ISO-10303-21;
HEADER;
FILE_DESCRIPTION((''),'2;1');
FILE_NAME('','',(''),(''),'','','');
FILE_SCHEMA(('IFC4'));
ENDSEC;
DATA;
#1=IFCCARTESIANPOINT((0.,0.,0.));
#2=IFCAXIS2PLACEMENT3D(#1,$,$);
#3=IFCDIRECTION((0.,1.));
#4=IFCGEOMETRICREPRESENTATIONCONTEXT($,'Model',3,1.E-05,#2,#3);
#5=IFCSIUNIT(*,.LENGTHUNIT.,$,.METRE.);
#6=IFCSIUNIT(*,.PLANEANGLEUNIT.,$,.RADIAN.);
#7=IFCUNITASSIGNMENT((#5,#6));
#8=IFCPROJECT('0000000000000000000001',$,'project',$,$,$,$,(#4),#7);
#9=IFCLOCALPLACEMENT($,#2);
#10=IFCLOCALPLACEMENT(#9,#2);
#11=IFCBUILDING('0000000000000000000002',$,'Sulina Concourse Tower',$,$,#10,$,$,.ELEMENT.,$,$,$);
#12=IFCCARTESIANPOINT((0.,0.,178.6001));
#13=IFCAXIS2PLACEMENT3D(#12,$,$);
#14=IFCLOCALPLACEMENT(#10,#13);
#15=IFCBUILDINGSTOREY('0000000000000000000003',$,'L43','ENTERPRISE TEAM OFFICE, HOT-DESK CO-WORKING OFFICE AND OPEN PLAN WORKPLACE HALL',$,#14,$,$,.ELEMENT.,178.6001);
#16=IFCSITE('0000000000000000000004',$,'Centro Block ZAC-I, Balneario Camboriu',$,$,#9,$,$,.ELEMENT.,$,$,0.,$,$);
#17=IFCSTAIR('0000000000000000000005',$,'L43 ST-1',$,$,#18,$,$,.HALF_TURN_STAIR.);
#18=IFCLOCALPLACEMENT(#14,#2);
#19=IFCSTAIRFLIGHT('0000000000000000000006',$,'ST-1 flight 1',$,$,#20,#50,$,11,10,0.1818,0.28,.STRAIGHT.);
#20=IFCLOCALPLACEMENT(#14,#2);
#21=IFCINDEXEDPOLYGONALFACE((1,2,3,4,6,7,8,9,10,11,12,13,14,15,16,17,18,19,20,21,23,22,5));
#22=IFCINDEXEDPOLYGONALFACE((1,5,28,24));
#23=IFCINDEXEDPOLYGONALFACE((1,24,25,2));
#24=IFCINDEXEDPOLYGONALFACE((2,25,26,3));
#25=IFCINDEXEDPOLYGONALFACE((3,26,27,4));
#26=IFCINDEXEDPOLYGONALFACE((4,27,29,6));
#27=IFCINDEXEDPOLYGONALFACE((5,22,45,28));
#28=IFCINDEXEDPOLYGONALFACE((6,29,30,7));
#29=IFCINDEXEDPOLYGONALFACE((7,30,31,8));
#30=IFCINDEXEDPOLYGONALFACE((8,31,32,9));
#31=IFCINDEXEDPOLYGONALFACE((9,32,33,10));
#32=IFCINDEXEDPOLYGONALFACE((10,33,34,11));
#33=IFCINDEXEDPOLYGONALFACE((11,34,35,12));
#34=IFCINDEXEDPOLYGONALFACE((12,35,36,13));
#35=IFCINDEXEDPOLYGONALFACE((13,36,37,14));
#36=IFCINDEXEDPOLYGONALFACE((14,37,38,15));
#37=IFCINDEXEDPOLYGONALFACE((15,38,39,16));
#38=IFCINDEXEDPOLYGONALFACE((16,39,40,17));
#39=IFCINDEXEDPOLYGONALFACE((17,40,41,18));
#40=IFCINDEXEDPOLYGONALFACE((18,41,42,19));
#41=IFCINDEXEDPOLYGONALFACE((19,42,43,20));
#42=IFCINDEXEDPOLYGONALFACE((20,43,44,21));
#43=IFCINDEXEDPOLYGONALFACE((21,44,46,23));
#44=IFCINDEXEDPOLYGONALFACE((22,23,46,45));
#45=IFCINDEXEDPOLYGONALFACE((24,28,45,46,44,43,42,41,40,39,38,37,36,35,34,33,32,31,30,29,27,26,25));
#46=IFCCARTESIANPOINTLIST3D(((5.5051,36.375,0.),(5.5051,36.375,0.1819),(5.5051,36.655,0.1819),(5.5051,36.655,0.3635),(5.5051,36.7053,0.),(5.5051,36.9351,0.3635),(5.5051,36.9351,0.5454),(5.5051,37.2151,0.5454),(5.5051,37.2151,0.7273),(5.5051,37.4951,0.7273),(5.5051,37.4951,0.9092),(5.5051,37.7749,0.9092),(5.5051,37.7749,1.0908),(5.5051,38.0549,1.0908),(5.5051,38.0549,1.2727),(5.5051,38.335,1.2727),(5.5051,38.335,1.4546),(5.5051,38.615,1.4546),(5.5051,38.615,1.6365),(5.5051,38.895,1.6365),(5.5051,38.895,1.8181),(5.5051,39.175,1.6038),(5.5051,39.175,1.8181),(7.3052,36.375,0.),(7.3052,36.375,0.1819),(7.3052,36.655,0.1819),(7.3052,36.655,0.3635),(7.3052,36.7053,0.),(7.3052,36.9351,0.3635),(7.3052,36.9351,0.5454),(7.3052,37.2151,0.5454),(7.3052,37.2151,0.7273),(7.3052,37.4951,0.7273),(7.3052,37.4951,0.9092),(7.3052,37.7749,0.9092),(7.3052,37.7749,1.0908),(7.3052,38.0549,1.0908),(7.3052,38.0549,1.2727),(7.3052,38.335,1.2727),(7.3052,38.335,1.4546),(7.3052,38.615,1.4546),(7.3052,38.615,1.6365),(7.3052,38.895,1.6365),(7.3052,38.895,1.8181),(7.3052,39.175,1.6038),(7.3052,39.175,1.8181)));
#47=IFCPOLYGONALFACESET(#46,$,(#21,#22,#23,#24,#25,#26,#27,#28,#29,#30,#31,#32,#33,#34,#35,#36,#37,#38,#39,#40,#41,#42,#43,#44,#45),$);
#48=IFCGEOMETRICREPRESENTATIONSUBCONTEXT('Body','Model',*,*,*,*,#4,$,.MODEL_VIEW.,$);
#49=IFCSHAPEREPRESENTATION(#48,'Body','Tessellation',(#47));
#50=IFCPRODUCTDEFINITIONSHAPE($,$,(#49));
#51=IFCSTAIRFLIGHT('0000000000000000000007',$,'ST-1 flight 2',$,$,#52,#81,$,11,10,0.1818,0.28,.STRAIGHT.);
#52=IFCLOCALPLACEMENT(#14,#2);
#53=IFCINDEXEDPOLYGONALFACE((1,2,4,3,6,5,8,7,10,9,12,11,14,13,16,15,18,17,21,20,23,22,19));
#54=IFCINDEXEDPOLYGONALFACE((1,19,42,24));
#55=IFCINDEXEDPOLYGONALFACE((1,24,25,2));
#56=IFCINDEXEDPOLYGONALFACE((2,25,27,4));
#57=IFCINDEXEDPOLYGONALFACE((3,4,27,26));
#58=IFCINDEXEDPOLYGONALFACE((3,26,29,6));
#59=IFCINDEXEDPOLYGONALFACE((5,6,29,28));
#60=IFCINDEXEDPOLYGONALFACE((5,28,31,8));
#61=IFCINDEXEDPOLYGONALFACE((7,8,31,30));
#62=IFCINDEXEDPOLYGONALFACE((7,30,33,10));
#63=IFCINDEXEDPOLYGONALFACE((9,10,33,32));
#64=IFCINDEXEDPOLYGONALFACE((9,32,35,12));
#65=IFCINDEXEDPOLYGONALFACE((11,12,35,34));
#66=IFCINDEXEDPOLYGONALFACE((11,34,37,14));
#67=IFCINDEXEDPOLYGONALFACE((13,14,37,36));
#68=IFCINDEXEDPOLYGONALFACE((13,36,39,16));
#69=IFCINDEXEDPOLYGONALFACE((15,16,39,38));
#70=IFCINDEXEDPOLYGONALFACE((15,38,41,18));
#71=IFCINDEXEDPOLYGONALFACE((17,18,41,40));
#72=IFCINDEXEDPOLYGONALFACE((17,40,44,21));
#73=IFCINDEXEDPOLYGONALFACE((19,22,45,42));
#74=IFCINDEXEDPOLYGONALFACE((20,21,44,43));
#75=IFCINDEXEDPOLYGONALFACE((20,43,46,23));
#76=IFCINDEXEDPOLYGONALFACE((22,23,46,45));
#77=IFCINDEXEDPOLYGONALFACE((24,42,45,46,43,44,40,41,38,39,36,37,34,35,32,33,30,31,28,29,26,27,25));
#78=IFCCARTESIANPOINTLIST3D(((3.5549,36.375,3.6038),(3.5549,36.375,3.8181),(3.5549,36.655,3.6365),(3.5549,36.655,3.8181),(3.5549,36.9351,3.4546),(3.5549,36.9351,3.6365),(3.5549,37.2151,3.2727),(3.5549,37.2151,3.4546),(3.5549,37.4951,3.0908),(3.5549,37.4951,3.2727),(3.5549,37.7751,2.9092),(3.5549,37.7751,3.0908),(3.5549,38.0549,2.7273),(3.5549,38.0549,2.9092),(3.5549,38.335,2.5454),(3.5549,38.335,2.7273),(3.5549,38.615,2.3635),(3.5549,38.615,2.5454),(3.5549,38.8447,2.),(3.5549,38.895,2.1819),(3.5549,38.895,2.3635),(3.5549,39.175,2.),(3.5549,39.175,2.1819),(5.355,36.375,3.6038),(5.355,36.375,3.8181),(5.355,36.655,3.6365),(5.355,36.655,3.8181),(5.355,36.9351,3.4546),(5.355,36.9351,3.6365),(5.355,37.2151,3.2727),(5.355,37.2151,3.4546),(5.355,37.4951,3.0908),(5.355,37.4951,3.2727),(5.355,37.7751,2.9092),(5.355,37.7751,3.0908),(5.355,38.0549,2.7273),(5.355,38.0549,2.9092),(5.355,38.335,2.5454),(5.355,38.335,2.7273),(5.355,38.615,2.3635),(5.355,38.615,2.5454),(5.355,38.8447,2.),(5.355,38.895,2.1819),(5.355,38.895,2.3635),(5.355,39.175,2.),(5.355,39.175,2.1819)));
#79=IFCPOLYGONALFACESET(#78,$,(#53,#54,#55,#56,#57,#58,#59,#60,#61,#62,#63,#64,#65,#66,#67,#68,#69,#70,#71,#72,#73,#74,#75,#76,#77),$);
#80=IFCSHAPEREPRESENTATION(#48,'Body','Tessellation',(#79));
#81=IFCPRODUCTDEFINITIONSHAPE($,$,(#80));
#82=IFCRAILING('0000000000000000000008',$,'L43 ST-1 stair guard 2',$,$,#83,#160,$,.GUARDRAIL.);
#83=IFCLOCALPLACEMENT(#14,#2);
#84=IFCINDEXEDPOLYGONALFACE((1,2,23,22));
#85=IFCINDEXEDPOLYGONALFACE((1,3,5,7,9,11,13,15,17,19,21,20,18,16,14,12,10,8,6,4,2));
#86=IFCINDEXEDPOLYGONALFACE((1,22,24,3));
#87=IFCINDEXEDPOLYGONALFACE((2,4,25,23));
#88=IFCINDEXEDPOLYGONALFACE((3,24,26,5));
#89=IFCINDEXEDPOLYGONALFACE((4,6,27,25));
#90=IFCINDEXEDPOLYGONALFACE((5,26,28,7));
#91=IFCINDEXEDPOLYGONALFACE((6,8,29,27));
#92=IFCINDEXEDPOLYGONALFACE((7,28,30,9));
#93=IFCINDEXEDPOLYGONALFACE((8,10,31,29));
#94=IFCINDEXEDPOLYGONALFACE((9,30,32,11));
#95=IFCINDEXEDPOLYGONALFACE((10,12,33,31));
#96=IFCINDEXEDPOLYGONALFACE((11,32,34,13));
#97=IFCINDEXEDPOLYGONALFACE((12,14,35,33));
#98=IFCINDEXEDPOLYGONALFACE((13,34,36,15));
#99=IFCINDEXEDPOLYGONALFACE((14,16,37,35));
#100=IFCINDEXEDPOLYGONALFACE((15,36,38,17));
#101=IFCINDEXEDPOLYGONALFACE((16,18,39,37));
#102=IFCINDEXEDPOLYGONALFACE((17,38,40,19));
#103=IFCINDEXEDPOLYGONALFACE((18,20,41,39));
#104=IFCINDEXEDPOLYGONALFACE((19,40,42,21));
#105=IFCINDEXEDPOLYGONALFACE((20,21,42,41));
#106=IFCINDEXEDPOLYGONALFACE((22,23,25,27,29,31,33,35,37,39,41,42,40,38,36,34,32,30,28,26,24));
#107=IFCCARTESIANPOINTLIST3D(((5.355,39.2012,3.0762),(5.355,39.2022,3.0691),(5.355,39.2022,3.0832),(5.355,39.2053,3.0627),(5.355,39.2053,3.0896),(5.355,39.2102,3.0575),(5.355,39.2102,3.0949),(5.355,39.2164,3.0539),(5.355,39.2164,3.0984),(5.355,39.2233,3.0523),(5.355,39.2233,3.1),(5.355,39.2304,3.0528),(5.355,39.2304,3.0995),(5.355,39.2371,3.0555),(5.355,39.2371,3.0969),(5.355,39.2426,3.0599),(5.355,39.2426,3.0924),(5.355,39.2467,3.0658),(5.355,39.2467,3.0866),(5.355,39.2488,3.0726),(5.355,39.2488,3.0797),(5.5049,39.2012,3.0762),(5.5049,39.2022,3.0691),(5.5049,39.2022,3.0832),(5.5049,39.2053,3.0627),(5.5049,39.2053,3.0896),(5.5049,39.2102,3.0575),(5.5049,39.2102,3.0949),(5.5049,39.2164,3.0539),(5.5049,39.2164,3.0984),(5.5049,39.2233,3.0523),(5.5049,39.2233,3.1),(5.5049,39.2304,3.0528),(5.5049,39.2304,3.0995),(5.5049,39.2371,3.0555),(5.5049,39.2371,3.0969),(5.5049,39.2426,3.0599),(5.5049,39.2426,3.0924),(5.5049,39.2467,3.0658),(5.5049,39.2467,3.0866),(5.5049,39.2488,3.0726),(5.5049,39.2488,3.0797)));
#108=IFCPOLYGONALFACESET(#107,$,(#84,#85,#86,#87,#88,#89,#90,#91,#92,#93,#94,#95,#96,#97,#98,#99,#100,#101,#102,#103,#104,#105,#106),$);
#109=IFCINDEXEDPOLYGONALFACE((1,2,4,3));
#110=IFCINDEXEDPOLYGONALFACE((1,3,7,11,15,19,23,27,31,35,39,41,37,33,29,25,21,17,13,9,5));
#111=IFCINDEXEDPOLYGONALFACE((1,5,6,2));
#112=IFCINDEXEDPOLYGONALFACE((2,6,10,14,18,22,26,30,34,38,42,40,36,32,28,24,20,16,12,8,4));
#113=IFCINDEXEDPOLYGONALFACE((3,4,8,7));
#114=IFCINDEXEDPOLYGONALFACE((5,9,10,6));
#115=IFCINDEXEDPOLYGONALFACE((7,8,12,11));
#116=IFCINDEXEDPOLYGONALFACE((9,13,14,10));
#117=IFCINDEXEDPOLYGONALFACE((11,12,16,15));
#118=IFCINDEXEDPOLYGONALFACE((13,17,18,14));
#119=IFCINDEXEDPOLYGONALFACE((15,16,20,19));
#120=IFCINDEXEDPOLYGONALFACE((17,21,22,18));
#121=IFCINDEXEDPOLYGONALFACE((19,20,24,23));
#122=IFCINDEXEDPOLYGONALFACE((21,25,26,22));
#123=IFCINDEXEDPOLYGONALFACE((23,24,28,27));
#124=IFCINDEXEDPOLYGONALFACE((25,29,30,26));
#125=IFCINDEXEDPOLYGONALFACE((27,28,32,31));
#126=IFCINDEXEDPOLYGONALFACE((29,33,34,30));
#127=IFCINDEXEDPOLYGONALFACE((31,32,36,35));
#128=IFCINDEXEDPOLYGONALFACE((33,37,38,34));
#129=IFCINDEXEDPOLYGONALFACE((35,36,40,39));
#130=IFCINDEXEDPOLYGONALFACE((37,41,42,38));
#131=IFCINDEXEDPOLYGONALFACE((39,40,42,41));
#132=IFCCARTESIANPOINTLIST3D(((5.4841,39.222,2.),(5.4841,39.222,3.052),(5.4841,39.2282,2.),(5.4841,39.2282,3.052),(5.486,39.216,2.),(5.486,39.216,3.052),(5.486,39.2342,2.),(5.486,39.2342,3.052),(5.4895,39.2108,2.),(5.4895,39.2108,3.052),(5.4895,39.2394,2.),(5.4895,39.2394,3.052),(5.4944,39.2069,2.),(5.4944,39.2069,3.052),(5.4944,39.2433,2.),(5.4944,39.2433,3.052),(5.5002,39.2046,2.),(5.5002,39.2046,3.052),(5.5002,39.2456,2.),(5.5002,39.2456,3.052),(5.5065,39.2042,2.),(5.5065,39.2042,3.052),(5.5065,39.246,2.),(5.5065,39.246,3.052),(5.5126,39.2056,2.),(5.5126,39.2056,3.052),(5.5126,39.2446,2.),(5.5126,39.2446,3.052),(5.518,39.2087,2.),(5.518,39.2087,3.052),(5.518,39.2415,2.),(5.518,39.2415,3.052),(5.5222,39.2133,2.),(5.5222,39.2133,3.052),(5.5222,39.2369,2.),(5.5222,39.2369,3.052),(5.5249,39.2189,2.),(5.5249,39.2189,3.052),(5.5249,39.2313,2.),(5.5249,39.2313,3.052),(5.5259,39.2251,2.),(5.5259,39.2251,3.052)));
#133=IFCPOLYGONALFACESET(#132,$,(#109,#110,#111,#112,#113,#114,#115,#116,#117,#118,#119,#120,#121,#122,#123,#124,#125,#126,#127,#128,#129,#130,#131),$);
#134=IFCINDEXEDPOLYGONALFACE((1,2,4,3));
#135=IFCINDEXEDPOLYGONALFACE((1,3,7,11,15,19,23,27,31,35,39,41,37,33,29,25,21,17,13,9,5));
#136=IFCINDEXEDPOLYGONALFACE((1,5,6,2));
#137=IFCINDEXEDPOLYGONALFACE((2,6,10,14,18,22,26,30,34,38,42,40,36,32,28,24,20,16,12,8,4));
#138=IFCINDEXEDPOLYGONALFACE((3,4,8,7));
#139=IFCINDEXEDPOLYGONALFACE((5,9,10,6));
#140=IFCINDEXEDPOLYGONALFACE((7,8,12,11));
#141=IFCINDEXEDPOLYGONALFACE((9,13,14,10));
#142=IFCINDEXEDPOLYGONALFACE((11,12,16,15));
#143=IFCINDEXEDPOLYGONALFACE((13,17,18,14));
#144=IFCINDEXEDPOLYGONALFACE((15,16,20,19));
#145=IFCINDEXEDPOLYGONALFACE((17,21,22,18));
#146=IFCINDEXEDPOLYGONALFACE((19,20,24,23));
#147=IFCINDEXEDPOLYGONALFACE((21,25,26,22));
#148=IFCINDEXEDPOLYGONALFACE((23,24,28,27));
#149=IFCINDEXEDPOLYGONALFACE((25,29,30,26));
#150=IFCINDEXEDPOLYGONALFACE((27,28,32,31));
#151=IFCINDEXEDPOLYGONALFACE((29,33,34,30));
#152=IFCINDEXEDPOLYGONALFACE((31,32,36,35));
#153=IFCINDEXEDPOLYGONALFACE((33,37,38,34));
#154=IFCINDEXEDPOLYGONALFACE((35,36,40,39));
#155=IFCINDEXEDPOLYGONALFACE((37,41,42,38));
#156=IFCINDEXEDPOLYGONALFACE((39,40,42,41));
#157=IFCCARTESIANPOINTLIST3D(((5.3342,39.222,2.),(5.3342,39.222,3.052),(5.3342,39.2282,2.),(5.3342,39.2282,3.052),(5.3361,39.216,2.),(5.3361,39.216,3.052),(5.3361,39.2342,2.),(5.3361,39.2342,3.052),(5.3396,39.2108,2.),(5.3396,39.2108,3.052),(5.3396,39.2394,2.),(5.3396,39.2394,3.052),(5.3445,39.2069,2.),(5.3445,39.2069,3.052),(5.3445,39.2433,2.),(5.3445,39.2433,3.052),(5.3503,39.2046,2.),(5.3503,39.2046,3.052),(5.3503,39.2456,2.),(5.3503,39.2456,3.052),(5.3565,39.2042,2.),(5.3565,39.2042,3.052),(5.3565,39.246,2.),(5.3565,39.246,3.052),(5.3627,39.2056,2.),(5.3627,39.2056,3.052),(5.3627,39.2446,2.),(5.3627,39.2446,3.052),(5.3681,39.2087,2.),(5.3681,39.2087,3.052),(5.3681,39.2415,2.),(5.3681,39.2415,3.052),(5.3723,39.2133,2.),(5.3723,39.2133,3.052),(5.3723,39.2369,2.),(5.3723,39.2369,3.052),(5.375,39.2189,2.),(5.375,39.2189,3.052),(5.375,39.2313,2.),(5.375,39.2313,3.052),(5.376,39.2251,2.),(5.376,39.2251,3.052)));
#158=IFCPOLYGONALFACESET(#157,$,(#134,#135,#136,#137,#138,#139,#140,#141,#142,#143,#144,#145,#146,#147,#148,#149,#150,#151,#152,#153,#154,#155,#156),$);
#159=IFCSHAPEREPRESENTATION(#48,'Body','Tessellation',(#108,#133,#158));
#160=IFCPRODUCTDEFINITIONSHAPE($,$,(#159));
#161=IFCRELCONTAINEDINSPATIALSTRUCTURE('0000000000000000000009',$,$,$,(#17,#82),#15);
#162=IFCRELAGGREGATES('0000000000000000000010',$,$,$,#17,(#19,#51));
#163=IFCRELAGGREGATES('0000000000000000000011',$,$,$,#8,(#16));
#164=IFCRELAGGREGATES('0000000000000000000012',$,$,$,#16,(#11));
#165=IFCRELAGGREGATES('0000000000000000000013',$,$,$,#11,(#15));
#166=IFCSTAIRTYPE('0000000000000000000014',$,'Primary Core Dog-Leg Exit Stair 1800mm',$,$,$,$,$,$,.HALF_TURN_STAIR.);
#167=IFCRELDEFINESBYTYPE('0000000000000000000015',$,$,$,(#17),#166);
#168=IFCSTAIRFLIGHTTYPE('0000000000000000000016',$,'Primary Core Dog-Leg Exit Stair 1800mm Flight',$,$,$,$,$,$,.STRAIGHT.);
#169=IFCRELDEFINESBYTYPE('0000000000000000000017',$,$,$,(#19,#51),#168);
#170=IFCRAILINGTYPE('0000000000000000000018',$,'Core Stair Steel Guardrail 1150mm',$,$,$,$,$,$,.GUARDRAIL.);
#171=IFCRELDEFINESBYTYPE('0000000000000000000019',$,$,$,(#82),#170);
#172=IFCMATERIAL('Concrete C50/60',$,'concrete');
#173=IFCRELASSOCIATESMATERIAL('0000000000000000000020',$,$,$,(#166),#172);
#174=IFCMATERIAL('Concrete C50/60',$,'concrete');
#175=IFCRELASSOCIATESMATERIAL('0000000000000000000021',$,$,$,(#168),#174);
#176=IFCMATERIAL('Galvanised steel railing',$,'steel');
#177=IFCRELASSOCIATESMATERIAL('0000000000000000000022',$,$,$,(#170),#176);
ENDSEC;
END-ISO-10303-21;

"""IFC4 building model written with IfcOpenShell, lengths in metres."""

from ifc_helpers import new_model, si_unit, direction, frame, origin, origin_2d, place, context, subcontext, project, spatial, polyline, circle, outline, extrude, material, type_object, element, aggregate, save


model = new_model("IFC4")

# Units and contexts
model_context = context("Model", 3, precision=1e-05, world=origin(), true_north=direction((0.0, 1.0)))
body_context = subcontext(model_context, "Body", "Model", "MODEL_VIEW")
ifc_project = project(units=[si_unit("LENGTHUNIT", "METRE"), si_unit("PLANEANGLEUNIT", "RADIAN")], contexts=[model_context])

# Site, building, storey
site_placement = place(None, origin())
site = spatial("IfcSite", under=ifc_project, at=site_placement, Name="Centro Block ZAC-I, Balneario Camboriu", CompositionType="ELEMENT", RefElevation=0.0)
building_placement = place(site_placement, origin())
building = spatial("IfcBuilding", under=site, at=building_placement, Name="Sulina Concourse Tower", CompositionType="ELEMENT")
storey_placement = place(building_placement, frame((0.0, 0.0, 178.6001)))
storey = spatial("IfcBuildingStorey", under=building, at=storey_placement, Name="L43", Description="ENTERPRISE TEAM OFFICE, HOT-DESK CO-WORKING OFFICE AND OPEN PLAN WORKPLACE HALL", CompositionType="ELEMENT", Elevation=178.6001)

# Stair, stair flights
ifc_material_1 = material(Name="Concrete C50/60", Category="concrete")
stair_type = type_object("IfcStairType", Name="Primary Core Dog-Leg Exit Stair 1800mm", PredefinedType="HALF_TURN_STAIR", material=ifc_material_1)
stair_placement = place(storey_placement, origin())
stair = element("IfcStair", 1, at=stair_placement, inside=storey, type_object=stair_type, Name="L43 ST-1", PredefinedType="HALF_TURN_STAIR")
ifc_material_2 = material(Name="Concrete C50/60", Category="concrete")
stair_flight_type = type_object("IfcStairFlightType", Name="Primary Core Dog-Leg Exit Stair 1800mm Flight", PredefinedType="STRAIGHT", material=ifc_material_2)
stair_flight_1_placement = place(storey_placement, frame((6.405, 36.375, 0.0), z_axis=(0.0, 0.0, 1.0), x_axis=(0.0, 1.0, 0.0)))
stair_flight_1 = element("IfcStairFlight", 2, at=stair_flight_1_placement, type_object=stair_flight_type, Name="ST-1 flight 1", NumberOfRisers=11, NumberOfTreads=10, PredefinedType="STRAIGHT", RiserHeight=0.1818, TreadLength=0.28, context=body_context, shape_type="SweptSolid", body=[
    extrude(outline(polyline([(0.0, 0.0), (0.0, 0.1819), (0.28, 0.1819), (0.28, 0.3635), (0.5601, 0.3635), (0.5601, 0.5454), (0.8401, 0.5454), (0.8401, 0.7273), (1.1201, 0.7273), (1.1201, 0.9092), (1.3999, 0.9092), (1.3999, 1.0908), (1.6799, 1.0908), (1.6799, 1.2727), (1.96, 1.2727), (1.96, 1.4546), (2.24, 1.4546), (2.24, 1.6365), (2.52, 1.6365), (2.52, 1.8181), (2.8, 1.8181), (2.8, 2.0), (2.8, 1.6038), (0.3303, 0.0), (0.0, 0.0)])), frame((0.0, 0.8999, 0.0), z_axis=(0.0, -1.0, 0.0), x_axis=(1.0, 0.0, 0.0)), (0.0, 0.0, 1.0), 1.8),
])
stair_flight_2_placement = place(storey_placement, frame((4.4551, 39.175, 2.0), z_axis=(0.0, 0.0, 1.0), x_axis=(0.0, -1.0, 0.0)))
stair_flight_2 = element("IfcStairFlight", 3, at=stair_flight_2_placement, type_object=stair_flight_type, Name="ST-1 flight 2", NumberOfRisers=11, NumberOfTreads=10, PredefinedType="STRAIGHT", RiserHeight=0.1818, TreadLength=0.28, context=body_context, shape_type="SweptSolid", body=[
    extrude(outline(polyline([(0.0, 0.0), (0.0, 0.1819), (0.28, 0.1819), (0.28, 0.3635), (0.5601, 0.3635), (0.5601, 0.5454), (0.8401, 0.5454), (0.8401, 0.7273), (1.1201, 0.7273), (1.1201, 0.9092), (1.3999, 0.9092), (1.3999, 1.0908), (1.6799, 1.0908), (1.6799, 1.2727), (1.96, 1.2727), (1.96, 1.4546), (2.24, 1.4546), (2.24, 1.6365), (2.52, 1.6365), (2.52, 1.8181), (2.8, 1.8181), (2.8, 2.0), (2.8, 1.6038), (0.3303, 0.0), (0.0, 0.0)])), frame((0.0, 0.8999, 0.0), z_axis=(0.0, -1.0, 0.0), x_axis=(1.0, 0.0, 0.0)), (0.0, 0.0, 1.0), 1.8),
])
aggregate(stair, [stair_flight_1, stair_flight_2])

# Railing
ifc_material_3 = material(Name="Galvanised steel railing", Category="steel")
railing_type_1 = type_object("IfcRailingType", Name="Core Stair Steel Guardrail 1150mm", PredefinedType="GUARDRAIL", material=ifc_material_3)
railing_1_placement = place(storey_placement, frame((5.5049, 39.2251, 2.0)))
element("IfcRailing", 4, at=railing_1_placement, inside=storey, type_object=railing_type_1, Name="L43 ST-1 stair guard 2", PredefinedType="GUARDRAIL", context=body_context, shape_type="SweptSolid", body=[
    extrude(circle(Radius=0.0239, at=origin_2d()), frame((0.0, 0.0, 1.0762), z_axis=(-1.0, 0.0, 0.0), x_axis=(0.0, -1.0, 0.0)), (0.0, 0.0, 1.0), 0.1499),
    extrude(circle(Radius=0.021, at=origin_2d()), origin(), (0.0, 0.0, 1.0), 1.052),
    extrude(circle(Radius=0.021, at=origin_2d()), frame((-0.1499, 0.0, 0.0)), (0.0, 0.0, 1.0), 1.052),
])

save(model, "model.ifc")
